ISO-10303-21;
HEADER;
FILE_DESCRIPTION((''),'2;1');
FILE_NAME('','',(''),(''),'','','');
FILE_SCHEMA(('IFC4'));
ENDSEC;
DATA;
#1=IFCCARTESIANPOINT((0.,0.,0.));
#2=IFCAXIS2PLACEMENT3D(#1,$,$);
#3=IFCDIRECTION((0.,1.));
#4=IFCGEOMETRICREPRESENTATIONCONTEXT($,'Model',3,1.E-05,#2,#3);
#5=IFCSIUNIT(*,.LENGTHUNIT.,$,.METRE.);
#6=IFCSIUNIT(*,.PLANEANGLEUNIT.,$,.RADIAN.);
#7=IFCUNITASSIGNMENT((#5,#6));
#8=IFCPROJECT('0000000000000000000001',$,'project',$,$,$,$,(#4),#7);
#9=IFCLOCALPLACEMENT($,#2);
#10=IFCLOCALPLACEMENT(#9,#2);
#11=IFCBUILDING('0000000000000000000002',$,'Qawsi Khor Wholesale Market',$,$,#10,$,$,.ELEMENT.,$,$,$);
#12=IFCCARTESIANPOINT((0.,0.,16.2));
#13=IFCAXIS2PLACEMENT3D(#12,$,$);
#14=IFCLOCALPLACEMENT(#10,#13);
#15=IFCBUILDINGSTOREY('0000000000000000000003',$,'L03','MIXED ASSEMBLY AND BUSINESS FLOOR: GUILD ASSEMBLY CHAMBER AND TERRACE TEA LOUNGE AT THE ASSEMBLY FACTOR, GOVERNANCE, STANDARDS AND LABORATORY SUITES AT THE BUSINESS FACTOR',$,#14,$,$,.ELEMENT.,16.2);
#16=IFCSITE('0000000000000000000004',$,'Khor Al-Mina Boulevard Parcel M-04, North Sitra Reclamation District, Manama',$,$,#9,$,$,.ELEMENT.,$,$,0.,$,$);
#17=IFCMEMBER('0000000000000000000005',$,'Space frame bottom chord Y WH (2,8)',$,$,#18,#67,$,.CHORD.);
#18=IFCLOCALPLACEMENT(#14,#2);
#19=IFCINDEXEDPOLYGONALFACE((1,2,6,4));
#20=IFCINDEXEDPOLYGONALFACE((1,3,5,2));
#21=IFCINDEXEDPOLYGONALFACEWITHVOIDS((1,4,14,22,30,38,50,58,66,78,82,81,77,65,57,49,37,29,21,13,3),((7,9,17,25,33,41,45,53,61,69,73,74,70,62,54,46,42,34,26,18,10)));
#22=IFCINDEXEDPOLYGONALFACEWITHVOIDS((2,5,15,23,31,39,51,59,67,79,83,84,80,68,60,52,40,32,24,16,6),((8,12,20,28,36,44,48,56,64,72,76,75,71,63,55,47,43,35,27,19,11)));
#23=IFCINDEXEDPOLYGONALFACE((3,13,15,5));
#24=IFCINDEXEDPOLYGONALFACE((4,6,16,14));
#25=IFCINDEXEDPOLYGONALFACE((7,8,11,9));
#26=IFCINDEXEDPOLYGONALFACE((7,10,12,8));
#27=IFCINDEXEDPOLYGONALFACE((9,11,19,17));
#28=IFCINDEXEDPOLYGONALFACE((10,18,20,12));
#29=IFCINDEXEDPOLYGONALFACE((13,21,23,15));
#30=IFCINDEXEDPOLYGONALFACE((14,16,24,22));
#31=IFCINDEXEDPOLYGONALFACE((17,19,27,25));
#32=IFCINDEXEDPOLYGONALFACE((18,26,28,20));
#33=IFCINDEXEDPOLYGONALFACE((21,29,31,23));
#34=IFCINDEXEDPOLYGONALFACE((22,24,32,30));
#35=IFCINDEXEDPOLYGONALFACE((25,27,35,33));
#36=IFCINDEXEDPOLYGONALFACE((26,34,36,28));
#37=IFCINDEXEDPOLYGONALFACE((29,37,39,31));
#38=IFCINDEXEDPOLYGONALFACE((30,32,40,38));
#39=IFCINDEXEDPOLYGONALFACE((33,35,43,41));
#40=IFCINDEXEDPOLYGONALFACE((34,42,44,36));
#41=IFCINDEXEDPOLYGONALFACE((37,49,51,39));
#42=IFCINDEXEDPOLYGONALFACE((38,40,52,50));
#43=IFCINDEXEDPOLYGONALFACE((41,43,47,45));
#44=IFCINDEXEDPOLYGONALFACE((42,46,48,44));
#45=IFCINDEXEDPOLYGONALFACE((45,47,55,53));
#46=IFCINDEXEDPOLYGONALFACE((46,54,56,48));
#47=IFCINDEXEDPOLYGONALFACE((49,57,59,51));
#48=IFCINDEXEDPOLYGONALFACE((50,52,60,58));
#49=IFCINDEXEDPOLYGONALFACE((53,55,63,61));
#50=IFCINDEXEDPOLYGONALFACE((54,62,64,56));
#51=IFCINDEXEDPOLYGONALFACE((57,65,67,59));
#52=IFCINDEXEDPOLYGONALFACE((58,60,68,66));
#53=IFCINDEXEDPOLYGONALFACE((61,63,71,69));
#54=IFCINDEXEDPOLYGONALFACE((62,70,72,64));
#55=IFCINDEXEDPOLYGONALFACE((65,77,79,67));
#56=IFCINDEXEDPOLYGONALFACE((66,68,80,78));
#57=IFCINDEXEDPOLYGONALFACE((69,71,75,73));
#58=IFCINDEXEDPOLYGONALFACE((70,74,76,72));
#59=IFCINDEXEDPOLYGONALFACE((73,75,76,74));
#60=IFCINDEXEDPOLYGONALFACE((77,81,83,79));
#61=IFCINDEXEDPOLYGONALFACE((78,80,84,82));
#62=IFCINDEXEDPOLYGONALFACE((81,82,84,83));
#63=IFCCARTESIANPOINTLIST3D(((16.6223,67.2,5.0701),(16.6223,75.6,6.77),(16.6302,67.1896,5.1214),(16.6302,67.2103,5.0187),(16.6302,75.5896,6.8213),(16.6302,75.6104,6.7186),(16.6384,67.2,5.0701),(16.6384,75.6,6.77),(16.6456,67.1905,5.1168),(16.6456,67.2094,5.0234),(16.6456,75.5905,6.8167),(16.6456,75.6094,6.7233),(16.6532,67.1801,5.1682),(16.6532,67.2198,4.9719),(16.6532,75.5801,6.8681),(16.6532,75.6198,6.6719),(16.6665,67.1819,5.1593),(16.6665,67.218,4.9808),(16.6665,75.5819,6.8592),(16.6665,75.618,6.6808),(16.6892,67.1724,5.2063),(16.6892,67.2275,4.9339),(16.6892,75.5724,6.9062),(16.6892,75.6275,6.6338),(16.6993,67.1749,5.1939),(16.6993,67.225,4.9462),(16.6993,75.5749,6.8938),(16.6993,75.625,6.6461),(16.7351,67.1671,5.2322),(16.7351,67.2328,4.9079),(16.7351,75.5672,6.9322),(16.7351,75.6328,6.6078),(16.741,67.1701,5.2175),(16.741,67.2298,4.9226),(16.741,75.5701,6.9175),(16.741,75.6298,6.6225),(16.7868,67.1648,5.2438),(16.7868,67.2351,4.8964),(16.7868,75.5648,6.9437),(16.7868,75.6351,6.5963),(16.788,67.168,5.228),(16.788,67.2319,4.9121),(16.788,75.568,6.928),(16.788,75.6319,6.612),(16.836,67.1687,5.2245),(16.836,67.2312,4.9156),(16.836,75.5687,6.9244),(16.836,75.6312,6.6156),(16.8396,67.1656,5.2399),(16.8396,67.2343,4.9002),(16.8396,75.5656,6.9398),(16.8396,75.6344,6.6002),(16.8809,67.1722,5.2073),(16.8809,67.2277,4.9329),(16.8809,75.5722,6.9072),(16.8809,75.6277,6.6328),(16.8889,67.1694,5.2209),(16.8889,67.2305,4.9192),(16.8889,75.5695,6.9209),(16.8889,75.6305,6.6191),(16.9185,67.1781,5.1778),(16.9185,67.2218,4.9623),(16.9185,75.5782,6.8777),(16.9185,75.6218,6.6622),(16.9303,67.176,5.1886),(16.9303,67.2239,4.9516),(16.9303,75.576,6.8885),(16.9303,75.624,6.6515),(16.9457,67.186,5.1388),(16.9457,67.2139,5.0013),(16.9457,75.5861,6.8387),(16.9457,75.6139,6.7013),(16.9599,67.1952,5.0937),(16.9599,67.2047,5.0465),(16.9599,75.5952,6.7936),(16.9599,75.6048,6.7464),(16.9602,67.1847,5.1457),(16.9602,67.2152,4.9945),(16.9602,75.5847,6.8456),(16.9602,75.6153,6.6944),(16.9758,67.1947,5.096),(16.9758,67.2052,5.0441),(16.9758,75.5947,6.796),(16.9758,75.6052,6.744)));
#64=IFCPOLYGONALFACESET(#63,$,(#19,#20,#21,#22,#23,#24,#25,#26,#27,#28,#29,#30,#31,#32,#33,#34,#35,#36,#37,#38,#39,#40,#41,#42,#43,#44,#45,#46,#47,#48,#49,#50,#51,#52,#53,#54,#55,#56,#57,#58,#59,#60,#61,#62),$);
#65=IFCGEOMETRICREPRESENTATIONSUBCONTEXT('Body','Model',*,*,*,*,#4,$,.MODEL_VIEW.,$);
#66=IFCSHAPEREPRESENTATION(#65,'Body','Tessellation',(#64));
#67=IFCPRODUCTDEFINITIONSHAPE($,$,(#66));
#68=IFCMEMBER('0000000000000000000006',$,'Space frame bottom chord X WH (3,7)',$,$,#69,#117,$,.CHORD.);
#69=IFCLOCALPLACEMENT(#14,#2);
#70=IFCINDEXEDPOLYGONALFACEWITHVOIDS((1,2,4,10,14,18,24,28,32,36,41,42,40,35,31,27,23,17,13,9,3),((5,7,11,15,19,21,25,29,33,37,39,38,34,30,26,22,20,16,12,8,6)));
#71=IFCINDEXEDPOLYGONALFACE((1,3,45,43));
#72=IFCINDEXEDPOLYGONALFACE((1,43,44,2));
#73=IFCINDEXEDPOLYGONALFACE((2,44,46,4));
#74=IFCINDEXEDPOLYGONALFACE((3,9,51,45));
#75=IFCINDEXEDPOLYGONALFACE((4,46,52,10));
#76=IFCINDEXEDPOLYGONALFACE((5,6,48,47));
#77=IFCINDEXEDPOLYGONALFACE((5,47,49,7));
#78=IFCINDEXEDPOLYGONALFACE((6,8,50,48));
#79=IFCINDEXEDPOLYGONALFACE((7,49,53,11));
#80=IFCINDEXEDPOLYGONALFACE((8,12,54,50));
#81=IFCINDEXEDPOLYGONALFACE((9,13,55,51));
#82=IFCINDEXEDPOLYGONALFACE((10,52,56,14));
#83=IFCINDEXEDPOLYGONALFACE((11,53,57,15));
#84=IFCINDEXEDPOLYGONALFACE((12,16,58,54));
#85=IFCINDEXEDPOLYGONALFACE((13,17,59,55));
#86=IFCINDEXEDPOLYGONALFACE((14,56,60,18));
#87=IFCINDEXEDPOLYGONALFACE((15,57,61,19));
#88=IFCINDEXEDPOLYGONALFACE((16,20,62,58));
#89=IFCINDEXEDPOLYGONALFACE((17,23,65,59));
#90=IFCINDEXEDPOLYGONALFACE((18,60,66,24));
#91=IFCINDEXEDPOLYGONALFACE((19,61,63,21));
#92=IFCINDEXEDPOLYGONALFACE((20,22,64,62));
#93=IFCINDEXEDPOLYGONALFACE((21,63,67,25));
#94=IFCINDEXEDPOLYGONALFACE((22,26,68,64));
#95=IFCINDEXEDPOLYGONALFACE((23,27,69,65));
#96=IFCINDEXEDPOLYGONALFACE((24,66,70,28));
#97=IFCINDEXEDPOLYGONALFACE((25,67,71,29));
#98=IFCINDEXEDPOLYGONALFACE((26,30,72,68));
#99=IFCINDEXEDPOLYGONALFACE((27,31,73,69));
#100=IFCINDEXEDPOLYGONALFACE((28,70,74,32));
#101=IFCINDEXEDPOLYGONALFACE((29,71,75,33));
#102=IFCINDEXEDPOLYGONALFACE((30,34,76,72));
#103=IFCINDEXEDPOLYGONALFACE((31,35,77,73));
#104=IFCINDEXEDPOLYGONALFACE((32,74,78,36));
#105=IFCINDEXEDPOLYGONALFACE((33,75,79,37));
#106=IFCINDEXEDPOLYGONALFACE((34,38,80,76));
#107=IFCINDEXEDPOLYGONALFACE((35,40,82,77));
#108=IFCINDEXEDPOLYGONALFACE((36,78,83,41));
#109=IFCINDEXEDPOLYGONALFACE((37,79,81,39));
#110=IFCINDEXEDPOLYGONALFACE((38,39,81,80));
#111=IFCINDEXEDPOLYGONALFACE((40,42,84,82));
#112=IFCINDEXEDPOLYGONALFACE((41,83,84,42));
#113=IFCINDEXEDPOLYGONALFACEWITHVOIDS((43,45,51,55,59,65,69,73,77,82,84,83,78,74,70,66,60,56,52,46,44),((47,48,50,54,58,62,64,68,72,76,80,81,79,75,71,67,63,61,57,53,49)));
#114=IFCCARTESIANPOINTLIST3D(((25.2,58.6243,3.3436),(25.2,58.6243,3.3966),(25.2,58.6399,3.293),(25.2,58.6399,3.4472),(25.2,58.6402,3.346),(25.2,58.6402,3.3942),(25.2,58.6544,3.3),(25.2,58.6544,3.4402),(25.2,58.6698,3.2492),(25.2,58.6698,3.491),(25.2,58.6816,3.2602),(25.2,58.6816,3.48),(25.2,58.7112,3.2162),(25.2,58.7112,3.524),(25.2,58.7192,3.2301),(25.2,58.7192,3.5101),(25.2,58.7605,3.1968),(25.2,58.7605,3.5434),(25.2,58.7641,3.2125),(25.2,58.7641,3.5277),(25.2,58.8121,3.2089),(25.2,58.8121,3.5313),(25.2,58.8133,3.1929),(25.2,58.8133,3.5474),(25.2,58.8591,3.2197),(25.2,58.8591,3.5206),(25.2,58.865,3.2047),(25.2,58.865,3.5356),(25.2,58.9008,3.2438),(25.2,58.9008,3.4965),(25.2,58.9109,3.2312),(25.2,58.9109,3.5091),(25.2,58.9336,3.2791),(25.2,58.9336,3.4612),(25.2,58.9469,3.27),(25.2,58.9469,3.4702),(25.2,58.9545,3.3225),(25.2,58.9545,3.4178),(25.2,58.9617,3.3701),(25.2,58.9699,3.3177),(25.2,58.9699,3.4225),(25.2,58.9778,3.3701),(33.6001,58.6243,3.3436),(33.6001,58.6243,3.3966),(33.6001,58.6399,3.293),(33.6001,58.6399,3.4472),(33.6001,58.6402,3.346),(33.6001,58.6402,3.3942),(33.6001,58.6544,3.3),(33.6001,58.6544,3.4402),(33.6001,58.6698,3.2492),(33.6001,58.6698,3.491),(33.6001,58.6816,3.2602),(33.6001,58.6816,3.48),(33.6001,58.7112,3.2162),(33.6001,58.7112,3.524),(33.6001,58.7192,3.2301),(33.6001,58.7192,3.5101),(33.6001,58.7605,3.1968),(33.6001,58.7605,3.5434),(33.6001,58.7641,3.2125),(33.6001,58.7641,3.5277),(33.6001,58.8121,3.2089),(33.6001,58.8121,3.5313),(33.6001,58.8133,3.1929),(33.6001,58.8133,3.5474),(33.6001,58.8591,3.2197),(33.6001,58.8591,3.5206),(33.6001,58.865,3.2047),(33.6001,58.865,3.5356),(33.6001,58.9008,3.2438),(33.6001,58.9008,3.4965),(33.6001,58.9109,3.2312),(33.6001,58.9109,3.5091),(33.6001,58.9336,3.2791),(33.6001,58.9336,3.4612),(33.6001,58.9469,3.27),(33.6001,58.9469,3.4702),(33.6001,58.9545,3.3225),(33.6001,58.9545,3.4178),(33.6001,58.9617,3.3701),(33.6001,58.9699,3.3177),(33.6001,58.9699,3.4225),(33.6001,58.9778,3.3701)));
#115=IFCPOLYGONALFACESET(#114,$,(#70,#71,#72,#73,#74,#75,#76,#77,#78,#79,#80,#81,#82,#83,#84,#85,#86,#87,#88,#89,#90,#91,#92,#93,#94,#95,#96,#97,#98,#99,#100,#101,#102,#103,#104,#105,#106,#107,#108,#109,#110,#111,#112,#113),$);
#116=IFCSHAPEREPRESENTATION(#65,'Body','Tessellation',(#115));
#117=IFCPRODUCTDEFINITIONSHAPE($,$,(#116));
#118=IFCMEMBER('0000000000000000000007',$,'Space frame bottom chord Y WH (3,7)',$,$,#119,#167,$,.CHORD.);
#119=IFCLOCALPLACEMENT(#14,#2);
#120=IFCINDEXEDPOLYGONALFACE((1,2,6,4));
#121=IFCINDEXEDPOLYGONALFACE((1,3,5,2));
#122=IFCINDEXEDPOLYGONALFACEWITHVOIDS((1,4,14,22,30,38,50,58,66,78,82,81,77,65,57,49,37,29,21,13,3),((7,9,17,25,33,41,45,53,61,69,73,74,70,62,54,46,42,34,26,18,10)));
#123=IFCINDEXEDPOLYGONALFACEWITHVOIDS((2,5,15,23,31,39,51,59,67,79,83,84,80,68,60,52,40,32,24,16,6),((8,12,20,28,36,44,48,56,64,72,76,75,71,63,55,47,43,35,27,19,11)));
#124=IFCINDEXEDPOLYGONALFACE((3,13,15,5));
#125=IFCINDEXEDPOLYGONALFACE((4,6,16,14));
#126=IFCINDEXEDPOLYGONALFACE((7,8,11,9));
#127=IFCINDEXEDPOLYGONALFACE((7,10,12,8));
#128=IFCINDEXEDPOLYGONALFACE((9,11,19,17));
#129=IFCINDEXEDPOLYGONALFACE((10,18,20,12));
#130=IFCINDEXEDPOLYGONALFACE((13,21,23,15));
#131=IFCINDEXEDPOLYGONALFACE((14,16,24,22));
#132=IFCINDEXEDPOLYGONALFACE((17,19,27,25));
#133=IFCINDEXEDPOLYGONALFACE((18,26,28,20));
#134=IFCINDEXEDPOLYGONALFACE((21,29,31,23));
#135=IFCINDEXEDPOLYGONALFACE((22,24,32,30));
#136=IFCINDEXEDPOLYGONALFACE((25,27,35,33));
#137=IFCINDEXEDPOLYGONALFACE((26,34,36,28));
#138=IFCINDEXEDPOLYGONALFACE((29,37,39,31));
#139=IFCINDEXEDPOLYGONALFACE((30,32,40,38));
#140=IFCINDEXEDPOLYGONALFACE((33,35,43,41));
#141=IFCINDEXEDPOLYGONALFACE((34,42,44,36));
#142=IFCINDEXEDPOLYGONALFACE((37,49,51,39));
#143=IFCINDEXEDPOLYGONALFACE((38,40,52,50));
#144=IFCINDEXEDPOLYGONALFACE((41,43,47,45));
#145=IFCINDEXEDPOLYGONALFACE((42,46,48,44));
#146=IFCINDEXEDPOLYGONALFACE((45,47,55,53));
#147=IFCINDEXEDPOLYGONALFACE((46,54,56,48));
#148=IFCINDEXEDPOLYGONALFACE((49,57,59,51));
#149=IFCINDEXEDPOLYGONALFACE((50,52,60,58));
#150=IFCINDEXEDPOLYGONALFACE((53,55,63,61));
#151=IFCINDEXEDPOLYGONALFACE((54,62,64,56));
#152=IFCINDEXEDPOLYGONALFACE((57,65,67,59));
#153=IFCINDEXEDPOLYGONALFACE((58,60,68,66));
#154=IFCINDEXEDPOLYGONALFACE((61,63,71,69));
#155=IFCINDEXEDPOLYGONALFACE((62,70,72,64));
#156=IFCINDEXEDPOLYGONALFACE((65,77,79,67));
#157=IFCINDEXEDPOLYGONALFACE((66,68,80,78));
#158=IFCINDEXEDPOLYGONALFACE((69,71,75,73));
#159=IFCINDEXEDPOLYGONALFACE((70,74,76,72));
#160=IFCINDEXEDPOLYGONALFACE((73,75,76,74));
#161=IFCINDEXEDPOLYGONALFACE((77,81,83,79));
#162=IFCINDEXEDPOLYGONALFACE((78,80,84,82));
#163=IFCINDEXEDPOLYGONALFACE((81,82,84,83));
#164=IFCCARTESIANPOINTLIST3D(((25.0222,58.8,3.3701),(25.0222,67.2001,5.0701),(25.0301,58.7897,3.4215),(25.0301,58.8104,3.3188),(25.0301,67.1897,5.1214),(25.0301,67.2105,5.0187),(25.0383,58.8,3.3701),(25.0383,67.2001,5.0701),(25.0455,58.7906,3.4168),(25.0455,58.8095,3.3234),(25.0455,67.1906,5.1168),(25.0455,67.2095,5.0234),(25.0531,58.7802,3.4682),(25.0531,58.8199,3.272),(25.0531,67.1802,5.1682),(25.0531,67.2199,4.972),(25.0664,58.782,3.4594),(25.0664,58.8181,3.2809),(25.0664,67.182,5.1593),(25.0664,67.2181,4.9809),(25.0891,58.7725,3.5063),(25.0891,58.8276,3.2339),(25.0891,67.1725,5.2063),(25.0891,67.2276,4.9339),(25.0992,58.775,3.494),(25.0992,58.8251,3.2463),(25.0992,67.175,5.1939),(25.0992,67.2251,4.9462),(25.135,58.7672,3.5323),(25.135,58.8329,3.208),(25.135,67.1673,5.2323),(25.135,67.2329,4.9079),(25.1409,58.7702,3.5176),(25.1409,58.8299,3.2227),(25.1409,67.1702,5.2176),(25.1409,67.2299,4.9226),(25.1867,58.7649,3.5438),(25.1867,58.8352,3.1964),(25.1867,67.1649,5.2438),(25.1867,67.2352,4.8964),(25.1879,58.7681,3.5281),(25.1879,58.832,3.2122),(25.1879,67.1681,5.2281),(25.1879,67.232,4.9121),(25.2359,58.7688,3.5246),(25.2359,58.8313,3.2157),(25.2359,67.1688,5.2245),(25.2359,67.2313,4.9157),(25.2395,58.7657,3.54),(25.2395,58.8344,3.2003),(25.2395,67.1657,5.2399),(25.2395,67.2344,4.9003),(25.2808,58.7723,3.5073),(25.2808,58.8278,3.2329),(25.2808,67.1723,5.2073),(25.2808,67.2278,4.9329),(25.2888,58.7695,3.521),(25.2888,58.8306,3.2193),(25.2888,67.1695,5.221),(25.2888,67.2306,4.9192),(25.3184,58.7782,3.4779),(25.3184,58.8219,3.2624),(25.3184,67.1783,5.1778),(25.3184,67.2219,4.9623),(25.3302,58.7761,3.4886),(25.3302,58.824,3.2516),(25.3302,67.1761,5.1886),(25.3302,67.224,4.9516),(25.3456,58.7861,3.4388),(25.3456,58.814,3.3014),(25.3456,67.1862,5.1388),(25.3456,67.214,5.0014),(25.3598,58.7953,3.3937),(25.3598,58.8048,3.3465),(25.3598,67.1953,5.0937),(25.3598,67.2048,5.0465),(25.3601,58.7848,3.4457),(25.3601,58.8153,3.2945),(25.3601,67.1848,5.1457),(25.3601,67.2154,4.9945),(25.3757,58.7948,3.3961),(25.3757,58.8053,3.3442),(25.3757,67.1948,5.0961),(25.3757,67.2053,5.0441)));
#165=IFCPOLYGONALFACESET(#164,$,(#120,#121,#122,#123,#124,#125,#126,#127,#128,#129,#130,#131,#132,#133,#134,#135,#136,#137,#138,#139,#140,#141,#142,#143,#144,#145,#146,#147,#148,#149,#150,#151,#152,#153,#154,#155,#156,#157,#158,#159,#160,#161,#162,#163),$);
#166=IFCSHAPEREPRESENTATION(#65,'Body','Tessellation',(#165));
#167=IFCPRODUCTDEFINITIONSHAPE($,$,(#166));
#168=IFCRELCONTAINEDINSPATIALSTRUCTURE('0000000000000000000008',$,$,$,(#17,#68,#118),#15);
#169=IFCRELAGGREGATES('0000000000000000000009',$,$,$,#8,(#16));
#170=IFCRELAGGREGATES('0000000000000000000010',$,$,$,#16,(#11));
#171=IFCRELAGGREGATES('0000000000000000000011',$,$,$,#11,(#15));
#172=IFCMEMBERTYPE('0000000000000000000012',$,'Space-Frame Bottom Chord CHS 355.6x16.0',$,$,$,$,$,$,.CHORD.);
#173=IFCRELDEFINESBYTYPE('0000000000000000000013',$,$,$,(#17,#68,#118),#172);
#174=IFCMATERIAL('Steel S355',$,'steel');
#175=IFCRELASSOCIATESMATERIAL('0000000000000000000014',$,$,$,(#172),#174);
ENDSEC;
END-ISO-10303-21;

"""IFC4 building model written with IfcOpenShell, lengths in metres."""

from ifc_helpers import new_model, si_unit, direction, frame, origin, origin_2d, place, context, subcontext, project, spatial, hollow_circle, extrude, material, material_profile, profile_set, type_object, element, save


model = new_model("IFC4")

# Units and contexts
model_context = context("Model", 3, precision=1e-05, world=origin(), true_north=direction((0.0, 1.0)))
body_context = subcontext(model_context, "Body", "Model", "MODEL_VIEW")
ifc_project = project(units=[si_unit("LENGTHUNIT", "METRE"), si_unit("PLANEANGLEUNIT", "RADIAN")], contexts=[model_context])

# Site, building, storey
site_placement = place(None, origin())
site = spatial("IfcSite", under=ifc_project, at=site_placement, Name="Khor Al-Mina Boulevard Parcel M-04, North Sitra Reclamation District, Manama", CompositionType="ELEMENT", RefElevation=0.0)
building_placement = place(site_placement, origin())
building = spatial("IfcBuilding", under=site, at=building_placement, Name="Qawsi Khor Wholesale Market", CompositionType="ELEMENT")
storey_placement = place(building_placement, frame((0.0, 0.0, 16.2)))
storey = spatial("IfcBuildingStorey", under=building, at=storey_placement, Name="L03", Description="MIXED ASSEMBLY AND BUSINESS FLOOR: GUILD ASSEMBLY CHAMBER AND TERRACE TEA LOUNGE AT THE ASSEMBLY FACTOR, GOVERNANCE, STANDARDS AND LABORATORY SUITES AT THE BUSINESS FACTOR", CompositionType="ELEMENT", Elevation=16.2)

# Members
ifc_material_1 = material(Name="Steel S355", Category="steel")
ifc_material_profile_1 = material_profile(ifc_material_1, hollow_circle(Radius=0.1777, WallThickness=0.0161, at=origin_2d()), Name="CHS 355.6x16.0")
ifc_profile_set_1 = profile_set([ifc_material_profile_1], Name="Steel S355")
member_type_1 = type_object("IfcMemberType", Name="Space-Frame Bottom Chord CHS 355.6x16.0", PredefinedType="CHORD", material=ifc_profile_set_1)
member_1_placement = place(storey_placement, frame((16.8, 67.2, 5.0701), z_axis=(0.0, 0.980131, 0.198351), x_axis=(-1.0, 0.0, 0.0)))
element("IfcMember", 1, at=member_1_placement, inside=storey, type_object=member_type_1, Name="Space frame bottom chord Y WH (2,8)", PredefinedType="CHORD", context=body_context, shape_type="SweptSolid", body=[
    extrude(hollow_circle(Radius=0.1777, WallThickness=0.0161, at=origin_2d()), origin(), (0.0, 0.0, 1.0), 8.5703),
])
member_2_placement = place(storey_placement, frame((25.2, 58.8, 3.3701), z_axis=(1.0, 0.0, 0.0), x_axis=(0.0, 1.0, 0.0)))
element("IfcMember", 2, at=member_2_placement, inside=storey, type_object=member_type_1, Name="Space frame bottom chord X WH (3,7)", PredefinedType="CHORD", context=body_context, shape_type="SweptSolid", body=[
    extrude(hollow_circle(Radius=0.1777, WallThickness=0.0161, at=origin_2d()), origin(), (0.0, 0.0, 1.0), 8.4001),
])
for number, where, z_axis, x_axis, name in (
    (3, (25.2, 58.8, 3.3701), (0.0, 0.98013, 0.198356), (-1.0, 0.0, 0.0), "Space frame bottom chord Y WH (3,7)"),
):
    element("IfcMember", number, at=place(storey_placement, frame(where, z_axis=z_axis, x_axis=x_axis)), inside=storey, type_object=member_type_1, Name=name, PredefinedType="CHORD", context=body_context, shape_type="SweptSolid", body=[
        extrude(hollow_circle(Radius=0.1777, WallThickness=0.0161, at=origin_2d()), origin(), (0.0, 0.0, 1.0), 8.5703),
    ])

save(model, "model.ifc")
